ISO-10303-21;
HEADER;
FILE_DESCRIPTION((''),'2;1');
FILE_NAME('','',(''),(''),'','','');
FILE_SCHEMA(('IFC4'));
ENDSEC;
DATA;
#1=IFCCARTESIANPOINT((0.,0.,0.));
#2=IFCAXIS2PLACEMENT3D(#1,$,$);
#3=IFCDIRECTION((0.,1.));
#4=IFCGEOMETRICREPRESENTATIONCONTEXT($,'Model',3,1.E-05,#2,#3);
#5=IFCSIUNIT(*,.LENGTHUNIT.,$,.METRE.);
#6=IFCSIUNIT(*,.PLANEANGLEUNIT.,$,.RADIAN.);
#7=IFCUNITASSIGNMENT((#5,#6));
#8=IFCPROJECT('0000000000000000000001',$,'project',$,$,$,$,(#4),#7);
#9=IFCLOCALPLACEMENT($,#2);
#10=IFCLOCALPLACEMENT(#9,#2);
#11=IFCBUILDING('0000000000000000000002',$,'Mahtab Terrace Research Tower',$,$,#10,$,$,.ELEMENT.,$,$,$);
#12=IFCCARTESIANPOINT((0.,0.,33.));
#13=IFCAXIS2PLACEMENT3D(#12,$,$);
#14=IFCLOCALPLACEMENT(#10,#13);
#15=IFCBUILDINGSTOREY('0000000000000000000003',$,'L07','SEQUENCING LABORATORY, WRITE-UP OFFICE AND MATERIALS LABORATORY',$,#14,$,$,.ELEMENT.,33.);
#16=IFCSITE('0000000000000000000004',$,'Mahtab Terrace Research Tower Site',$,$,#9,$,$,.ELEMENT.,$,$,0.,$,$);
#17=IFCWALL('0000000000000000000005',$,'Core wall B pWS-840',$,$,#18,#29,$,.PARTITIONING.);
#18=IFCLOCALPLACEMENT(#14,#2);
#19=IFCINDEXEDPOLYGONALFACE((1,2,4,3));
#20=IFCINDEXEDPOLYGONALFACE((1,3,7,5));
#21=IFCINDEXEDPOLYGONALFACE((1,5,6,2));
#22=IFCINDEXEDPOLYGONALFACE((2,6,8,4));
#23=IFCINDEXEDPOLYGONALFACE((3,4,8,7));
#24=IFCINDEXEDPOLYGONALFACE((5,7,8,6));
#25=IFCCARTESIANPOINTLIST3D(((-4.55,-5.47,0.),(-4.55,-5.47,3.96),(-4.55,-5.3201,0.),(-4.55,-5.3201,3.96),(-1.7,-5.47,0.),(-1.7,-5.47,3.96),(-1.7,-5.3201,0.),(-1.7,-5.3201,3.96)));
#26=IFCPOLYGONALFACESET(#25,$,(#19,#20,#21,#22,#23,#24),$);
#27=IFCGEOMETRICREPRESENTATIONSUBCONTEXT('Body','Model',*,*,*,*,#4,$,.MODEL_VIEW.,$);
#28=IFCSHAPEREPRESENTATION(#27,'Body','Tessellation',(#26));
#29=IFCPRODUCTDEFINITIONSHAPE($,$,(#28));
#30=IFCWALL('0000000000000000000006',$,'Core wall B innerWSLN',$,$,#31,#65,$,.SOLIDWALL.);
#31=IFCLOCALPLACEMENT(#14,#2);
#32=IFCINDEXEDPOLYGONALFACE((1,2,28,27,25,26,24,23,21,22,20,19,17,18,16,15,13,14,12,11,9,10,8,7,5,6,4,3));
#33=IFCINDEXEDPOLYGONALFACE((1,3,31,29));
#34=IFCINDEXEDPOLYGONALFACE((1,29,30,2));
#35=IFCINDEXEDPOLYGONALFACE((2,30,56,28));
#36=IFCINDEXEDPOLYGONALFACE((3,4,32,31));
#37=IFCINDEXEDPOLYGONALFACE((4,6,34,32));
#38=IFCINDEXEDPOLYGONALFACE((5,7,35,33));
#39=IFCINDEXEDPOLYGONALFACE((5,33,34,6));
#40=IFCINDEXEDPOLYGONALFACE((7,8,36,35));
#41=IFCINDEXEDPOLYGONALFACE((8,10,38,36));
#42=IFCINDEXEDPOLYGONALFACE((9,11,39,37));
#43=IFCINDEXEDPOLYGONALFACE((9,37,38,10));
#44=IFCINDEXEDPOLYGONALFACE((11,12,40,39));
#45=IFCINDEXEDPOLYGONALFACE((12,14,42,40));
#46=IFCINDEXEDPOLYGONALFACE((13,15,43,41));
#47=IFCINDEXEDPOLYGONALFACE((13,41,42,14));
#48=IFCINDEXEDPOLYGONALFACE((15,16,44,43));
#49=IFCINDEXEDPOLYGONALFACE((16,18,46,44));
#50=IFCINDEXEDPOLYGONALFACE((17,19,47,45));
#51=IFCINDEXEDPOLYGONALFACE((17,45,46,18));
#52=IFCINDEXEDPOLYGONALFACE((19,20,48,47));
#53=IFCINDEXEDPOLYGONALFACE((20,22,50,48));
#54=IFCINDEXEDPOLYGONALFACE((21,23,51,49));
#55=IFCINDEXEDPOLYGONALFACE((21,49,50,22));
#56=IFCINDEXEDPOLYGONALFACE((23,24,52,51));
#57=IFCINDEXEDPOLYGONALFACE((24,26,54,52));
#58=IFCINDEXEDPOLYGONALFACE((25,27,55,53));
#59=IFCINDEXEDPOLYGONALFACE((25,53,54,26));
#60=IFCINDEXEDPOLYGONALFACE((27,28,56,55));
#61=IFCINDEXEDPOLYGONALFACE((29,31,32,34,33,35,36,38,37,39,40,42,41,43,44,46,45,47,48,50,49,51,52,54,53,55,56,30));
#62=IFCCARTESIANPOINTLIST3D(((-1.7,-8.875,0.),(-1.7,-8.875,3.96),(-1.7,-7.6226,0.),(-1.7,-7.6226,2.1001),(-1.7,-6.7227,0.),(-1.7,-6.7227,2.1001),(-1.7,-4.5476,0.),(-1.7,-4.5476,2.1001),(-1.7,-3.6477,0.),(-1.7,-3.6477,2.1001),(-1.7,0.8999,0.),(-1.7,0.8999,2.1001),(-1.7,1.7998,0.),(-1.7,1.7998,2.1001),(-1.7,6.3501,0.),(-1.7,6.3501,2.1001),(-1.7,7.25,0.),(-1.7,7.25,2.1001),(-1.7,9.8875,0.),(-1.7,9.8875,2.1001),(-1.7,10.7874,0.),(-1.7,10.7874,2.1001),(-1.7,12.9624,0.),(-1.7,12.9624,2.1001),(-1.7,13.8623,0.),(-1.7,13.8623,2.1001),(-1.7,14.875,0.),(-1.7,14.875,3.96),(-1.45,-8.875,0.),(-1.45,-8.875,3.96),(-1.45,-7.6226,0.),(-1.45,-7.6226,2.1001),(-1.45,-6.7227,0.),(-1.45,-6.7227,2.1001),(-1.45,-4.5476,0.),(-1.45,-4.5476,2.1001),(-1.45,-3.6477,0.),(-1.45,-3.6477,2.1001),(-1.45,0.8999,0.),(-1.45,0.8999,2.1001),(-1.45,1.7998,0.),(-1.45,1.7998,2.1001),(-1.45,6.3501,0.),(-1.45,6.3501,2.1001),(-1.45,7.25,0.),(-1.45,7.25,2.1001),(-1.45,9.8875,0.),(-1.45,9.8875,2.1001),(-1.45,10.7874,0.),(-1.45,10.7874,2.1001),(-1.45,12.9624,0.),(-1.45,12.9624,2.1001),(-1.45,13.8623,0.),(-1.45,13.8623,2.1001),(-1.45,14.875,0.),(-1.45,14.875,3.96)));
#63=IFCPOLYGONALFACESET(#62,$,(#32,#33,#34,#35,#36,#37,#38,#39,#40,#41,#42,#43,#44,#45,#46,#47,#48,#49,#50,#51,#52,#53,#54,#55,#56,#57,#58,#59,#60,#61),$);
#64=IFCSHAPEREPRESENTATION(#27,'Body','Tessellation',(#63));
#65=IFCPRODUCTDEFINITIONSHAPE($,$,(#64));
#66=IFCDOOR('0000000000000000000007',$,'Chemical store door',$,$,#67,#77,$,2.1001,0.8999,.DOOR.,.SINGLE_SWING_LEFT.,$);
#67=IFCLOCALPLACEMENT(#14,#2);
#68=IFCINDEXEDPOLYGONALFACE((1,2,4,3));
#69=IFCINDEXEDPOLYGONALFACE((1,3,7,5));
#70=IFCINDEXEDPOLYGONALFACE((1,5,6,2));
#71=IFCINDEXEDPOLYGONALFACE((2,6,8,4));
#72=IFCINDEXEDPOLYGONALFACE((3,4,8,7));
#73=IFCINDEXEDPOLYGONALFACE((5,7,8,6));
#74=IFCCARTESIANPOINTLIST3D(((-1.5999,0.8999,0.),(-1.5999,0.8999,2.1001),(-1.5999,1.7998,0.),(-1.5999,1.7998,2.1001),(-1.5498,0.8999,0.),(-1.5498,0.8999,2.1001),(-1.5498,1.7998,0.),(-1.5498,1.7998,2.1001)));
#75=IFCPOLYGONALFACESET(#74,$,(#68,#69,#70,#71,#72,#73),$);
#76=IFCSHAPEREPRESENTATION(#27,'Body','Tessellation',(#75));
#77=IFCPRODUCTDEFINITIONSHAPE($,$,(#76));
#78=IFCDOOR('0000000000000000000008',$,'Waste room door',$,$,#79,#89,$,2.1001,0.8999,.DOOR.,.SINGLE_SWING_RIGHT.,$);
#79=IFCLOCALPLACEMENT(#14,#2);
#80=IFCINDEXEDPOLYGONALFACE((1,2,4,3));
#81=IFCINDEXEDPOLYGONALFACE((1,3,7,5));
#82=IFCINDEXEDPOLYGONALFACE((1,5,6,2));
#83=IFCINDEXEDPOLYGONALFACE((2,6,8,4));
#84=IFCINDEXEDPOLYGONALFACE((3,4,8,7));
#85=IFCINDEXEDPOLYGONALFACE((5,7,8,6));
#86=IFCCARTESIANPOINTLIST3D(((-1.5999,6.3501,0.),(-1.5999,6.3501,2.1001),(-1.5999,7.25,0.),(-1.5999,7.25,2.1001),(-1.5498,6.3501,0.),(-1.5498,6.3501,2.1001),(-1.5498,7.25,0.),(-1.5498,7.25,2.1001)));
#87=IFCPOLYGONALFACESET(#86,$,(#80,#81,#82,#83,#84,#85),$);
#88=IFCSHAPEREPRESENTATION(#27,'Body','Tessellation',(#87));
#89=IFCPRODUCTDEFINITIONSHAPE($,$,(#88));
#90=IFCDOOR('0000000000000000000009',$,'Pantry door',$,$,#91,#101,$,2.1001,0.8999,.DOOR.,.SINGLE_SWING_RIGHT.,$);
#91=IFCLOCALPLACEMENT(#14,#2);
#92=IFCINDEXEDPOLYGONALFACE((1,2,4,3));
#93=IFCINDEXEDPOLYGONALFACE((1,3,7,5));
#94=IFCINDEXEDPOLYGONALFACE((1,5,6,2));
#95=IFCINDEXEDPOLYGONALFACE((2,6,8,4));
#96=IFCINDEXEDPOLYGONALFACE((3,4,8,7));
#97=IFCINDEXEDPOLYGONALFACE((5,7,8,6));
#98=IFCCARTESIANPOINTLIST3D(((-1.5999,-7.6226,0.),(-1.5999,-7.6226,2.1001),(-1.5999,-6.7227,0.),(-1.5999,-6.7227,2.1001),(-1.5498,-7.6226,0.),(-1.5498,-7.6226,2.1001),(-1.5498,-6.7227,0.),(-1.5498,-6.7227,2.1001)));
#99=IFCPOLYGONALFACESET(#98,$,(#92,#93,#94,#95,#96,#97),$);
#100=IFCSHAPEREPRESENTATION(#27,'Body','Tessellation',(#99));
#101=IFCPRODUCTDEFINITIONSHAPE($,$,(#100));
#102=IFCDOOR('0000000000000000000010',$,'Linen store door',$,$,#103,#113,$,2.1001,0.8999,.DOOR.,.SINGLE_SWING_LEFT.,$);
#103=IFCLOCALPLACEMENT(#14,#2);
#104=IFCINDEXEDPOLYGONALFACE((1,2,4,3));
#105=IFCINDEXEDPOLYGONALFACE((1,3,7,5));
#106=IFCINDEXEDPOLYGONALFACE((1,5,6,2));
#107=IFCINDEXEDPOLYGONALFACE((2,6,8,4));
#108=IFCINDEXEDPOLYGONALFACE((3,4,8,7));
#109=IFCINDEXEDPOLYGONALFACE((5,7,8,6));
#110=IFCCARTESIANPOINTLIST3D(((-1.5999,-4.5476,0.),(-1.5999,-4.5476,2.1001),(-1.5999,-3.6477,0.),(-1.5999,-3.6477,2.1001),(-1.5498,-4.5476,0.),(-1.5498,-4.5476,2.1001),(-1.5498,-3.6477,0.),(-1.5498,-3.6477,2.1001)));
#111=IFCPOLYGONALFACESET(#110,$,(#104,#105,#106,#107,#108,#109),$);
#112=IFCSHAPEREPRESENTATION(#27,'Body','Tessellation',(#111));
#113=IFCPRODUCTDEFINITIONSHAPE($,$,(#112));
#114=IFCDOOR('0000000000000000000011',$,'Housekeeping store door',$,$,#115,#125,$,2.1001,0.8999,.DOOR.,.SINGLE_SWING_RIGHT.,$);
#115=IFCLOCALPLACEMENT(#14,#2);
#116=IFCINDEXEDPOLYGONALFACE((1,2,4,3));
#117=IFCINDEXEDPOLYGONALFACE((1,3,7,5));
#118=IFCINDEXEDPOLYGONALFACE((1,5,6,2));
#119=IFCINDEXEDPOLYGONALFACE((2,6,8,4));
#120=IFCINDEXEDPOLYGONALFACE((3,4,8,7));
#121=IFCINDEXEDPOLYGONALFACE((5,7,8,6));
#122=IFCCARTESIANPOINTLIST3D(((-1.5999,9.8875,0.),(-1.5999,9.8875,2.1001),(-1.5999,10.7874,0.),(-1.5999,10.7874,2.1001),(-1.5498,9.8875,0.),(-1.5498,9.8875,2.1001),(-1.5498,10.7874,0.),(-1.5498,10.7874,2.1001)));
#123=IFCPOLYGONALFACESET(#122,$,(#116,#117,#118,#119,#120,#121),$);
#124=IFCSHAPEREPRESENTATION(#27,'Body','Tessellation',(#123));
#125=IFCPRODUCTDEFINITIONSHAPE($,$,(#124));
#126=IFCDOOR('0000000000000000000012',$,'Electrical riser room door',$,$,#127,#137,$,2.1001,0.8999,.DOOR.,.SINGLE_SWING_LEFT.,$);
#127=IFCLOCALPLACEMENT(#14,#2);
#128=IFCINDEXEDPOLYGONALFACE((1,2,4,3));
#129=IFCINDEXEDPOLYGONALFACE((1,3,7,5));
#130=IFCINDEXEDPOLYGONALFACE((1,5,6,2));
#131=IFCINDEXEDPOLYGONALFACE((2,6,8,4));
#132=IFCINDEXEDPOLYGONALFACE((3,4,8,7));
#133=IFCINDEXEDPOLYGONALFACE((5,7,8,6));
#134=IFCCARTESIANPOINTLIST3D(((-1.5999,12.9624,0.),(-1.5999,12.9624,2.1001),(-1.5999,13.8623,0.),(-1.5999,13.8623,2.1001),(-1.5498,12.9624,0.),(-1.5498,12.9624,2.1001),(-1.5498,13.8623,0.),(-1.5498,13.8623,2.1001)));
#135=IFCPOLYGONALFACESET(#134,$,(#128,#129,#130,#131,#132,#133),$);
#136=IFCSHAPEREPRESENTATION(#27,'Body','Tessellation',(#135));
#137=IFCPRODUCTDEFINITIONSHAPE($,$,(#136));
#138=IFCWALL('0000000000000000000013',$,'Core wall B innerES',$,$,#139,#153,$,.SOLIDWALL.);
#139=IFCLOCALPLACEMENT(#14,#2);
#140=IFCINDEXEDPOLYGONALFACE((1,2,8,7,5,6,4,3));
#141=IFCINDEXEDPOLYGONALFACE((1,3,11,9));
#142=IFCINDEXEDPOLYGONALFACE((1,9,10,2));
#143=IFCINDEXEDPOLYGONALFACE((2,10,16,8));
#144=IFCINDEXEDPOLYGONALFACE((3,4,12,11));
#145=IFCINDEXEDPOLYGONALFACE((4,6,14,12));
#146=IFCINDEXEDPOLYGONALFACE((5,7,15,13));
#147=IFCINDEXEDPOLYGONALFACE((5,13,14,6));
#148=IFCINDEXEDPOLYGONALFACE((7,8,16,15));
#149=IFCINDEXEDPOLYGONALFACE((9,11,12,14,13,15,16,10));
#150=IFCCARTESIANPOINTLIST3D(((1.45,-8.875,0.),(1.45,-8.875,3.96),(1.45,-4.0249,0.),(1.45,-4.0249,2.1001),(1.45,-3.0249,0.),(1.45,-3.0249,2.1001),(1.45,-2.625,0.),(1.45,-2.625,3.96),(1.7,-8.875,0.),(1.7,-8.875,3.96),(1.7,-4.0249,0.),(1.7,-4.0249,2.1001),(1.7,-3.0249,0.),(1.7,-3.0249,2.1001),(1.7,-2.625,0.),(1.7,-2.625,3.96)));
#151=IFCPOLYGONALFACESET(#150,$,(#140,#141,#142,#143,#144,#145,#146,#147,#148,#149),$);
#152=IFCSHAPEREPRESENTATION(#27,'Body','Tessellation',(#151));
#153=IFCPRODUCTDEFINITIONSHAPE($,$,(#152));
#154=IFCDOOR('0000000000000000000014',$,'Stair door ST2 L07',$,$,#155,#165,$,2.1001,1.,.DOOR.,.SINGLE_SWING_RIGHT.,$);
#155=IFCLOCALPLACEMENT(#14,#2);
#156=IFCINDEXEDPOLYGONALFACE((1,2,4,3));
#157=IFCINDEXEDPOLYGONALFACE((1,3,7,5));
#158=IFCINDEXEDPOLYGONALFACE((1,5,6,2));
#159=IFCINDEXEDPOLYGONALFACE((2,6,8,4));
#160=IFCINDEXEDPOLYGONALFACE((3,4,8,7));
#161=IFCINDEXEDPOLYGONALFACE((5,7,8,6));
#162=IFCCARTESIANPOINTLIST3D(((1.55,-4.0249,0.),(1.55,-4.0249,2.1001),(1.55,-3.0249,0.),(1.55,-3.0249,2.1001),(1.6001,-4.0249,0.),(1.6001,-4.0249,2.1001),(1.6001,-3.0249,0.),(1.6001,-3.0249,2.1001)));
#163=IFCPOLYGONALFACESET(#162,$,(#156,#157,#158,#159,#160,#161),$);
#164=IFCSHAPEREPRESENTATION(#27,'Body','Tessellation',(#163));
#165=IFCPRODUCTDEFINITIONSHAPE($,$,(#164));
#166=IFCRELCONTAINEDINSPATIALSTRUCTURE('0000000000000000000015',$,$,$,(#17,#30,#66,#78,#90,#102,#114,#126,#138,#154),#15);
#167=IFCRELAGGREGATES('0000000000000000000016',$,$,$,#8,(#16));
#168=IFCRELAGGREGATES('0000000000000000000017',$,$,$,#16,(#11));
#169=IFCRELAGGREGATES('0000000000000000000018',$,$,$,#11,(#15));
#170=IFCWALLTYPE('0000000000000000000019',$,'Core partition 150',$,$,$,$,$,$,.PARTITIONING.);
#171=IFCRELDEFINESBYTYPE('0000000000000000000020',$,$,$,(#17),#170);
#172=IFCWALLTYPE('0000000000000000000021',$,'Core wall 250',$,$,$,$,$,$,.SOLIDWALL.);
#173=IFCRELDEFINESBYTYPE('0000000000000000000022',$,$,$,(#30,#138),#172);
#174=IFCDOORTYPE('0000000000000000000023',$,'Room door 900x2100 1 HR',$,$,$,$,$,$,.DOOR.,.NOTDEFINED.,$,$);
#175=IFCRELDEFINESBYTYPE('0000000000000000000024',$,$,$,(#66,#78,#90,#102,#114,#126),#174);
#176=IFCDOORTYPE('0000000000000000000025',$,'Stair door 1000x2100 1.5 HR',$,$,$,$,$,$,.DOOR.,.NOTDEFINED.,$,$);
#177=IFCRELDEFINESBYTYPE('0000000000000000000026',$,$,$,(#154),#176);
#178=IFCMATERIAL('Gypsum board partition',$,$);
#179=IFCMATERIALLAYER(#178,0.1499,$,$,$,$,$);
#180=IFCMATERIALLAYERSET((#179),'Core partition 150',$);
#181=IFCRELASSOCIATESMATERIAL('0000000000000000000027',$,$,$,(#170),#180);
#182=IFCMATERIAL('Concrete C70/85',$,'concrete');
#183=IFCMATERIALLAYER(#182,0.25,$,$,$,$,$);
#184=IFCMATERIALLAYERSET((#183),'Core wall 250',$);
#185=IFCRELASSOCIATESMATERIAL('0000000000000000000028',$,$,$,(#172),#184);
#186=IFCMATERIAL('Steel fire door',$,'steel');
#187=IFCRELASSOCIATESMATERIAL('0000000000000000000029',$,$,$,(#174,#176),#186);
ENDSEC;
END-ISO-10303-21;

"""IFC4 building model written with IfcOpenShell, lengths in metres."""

from ifc_helpers import new_model, si_unit, direction, frame, frame_2d, origin, place, context, subcontext, project, spatial, rectangle, extrude, material, layer, layer_set, type_object, element, fill, save


model = new_model("IFC4")

# Units and contexts
model_context = context("Model", 3, precision=1e-05, world=origin(), true_north=direction((0.0, 1.0)))
body_context = subcontext(model_context, "Body", "Model", "MODEL_VIEW")
ifc_project = project(units=[si_unit("LENGTHUNIT", "METRE"), si_unit("PLANEANGLEUNIT", "RADIAN")], contexts=[model_context])

# Site, building, storey
site_placement = place(None, origin())
site = spatial("IfcSite", under=ifc_project, at=site_placement, Name="Mahtab Terrace Research Tower Site", CompositionType="ELEMENT", RefElevation=0.0)
building_placement = place(site_placement, origin())
building = spatial("IfcBuilding", under=site, at=building_placement, Name="Mahtab Terrace Research Tower", CompositionType="ELEMENT")
storey_placement = place(building_placement, frame((0.0, 0.0, 33.0)))
storey = spatial("IfcBuildingStorey", under=building, at=storey_placement, Name="L07", Description="SEQUENCING LABORATORY, WRITE-UP OFFICE AND MATERIALS LABORATORY", CompositionType="ELEMENT", Elevation=33.0)

# Shared definitions
ifc_material_1 = material(Name="Concrete C70/85", Category="concrete")

# Wall
ifc_material_2 = material(Name="Gypsum board partition")
ifc_layer_1 = layer(ifc_material_2, 0.1499)
ifc_layer_set_1 = layer_set([ifc_layer_1], Name="Core partition 150")
wall_type_1 = type_object("IfcWallType", Name="Core partition 150", PredefinedType="PARTITIONING", material=ifc_layer_set_1)
wall_1_placement = place(storey_placement, frame((-4.55, -5.395, 0.0), z_axis=(0.0, 0.0, 1.0), x_axis=(1.0, 0.0, 0.0)))
element("IfcWall", 1, at=wall_1_placement, inside=storey, type_object=wall_type_1, Name="Core wall B pWS-840", PredefinedType="PARTITIONING", context=body_context, shape_type="SweptSolid", body=[
    extrude(rectangle(XDim=2.8501, YDim=0.1499, at=frame_2d((1.425, 0.0))), origin(), (0.0, 0.0, 1.0), 3.96),
])

# Wall, openings, doors
ifc_layer_2 = layer(ifc_material_1, 0.25)
ifc_layer_set_2 = layer_set([ifc_layer_2], Name="Core wall 250")
wall_type_2 = type_object("IfcWallType", Name="Core wall 250", PredefinedType="SOLIDWALL", material=ifc_layer_set_2)
wall_2_placement = place(storey_placement, frame((-1.575, -8.875, 0.0), z_axis=(0.0, 0.0, 1.0), x_axis=(0.0, 1.0, 0.0)))
wall_2 = element("IfcWall", 2, at=wall_2_placement, inside=storey, type_object=wall_type_2, Name="Core wall B innerWSLN", PredefinedType="SOLIDWALL", context=body_context, shape_type="SweptSolid", body=[
    extrude(rectangle(XDim=23.75, YDim=0.25, at=frame_2d((11.875, 0.0))), origin(), (0.0, 0.0, 1.0), 3.96),
])
opening_1_placement = place(wall_2_placement, frame((9.7749, 0.0, 0.0)))
opening_1 = element("IfcOpeningElement", 3, at=opening_1_placement, cuts=wall_2, PredefinedType="OPENING", context=body_context, shape_type="SweptSolid", body=[
    extrude(rectangle(XDim=0.8999, YDim=2.1001, at=frame_2d((0.45, 1.05))), frame((0.0, 0.135, 0.0), z_axis=(0.0, -1.0, 0.0), x_axis=(1.0, 0.0, 0.0)), (0.0, 0.0, 1.0), 0.27),
])
opening_2_placement = place(wall_2_placement, frame((15.2251, 0.0, 0.0)))
opening_2 = element("IfcOpeningElement", 4, at=opening_2_placement, cuts=wall_2, PredefinedType="OPENING", context=body_context, shape_type="SweptSolid", body=[
    extrude(rectangle(XDim=0.8999, YDim=2.1001, at=frame_2d((0.45, 1.05))), frame((0.0, 0.135, 0.0), z_axis=(0.0, -1.0, 0.0), x_axis=(1.0, 0.0, 0.0)), (0.0, 0.0, 1.0), 0.27),
])
opening_3_placement = place(wall_2_placement, frame((1.2524, 0.0, 0.0)))
opening_3 = element("IfcOpeningElement", 5, at=opening_3_placement, cuts=wall_2, PredefinedType="OPENING", context=body_context, shape_type="SweptSolid", body=[
    extrude(rectangle(XDim=0.8999, YDim=2.1001, at=frame_2d((0.45, 1.05))), frame((0.0, 0.135, 0.0), z_axis=(0.0, -1.0, 0.0), x_axis=(1.0, 0.0, 0.0)), (0.0, 0.0, 1.0), 0.27),
])
opening_4_placement = place(wall_2_placement, frame((4.3274, 0.0, 0.0)))
opening_4 = element("IfcOpeningElement", 6, at=opening_4_placement, cuts=wall_2, PredefinedType="OPENING", context=body_context, shape_type="SweptSolid", body=[
    extrude(rectangle(XDim=0.8999, YDim=2.1001, at=frame_2d((0.45, 1.05))), frame((0.0, 0.135, 0.0), z_axis=(0.0, -1.0, 0.0), x_axis=(1.0, 0.0, 0.0)), (0.0, 0.0, 1.0), 0.27),
])
opening_5_placement = place(wall_2_placement, frame((18.7625, 0.0, 0.0)))
opening_5 = element("IfcOpeningElement", 7, at=opening_5_placement, cuts=wall_2, PredefinedType="OPENING", context=body_context, shape_type="SweptSolid", body=[
    extrude(rectangle(XDim=0.8999, YDim=2.1001, at=frame_2d((0.45, 1.05))), frame((0.0, 0.135, 0.0), z_axis=(0.0, -1.0, 0.0), x_axis=(1.0, 0.0, 0.0)), (0.0, 0.0, 1.0), 0.27),
])
opening_6_placement = place(wall_2_placement, frame((21.8374, 0.0, 0.0)))
opening_6 = element("IfcOpeningElement", 8, at=opening_6_placement, cuts=wall_2, PredefinedType="OPENING", context=body_context, shape_type="SweptSolid", body=[
    extrude(rectangle(XDim=0.8999, YDim=2.1001, at=frame_2d((0.45, 1.05))), frame((0.0, 0.135, 0.0), z_axis=(0.0, -1.0, 0.0), x_axis=(1.0, 0.0, 0.0)), (0.0, 0.0, 1.0), 0.27),
])
ifc_material_3 = material(Name="Steel fire door", Category="steel")
door_type_1 = type_object("IfcDoorType", Name="Room door 900x2100 1 HR", OperationType="NOTDEFINED", PredefinedType="DOOR", material=ifc_material_3)
door_1_placement = place(opening_1_placement, origin())
door_1 = element("IfcDoor", 9, at=door_1_placement, inside=storey, type_object=door_type_1, Name="Chemical store door", OperationType="SINGLE_SWING_LEFT", OverallHeight=2.1001, OverallWidth=0.8999, PredefinedType="DOOR", context=body_context, shape_type="SweptSolid", body=[
    extrude(rectangle(XDim=0.8999, YDim=2.1001, at=frame_2d((0.45, 1.05))), frame((0.0, 0.0249, 0.0), z_axis=(0.0, -1.0, 0.0), x_axis=(1.0, 0.0, 0.0)), (0.0, 0.0, 1.0), 0.05),
])
fill(opening_1, door_1)
door_2_placement = place(opening_2_placement, origin())
door_2 = element("IfcDoor", 10, at=door_2_placement, inside=storey, type_object=door_type_1, Name="Waste room door", OperationType="SINGLE_SWING_RIGHT", OverallHeight=2.1001, OverallWidth=0.8999, PredefinedType="DOOR", context=body_context, shape_type="SweptSolid", body=[
    extrude(rectangle(XDim=0.8999, YDim=2.1001, at=frame_2d((0.45, 1.05))), frame((0.0, 0.0249, 0.0), z_axis=(0.0, -1.0, 0.0), x_axis=(1.0, 0.0, 0.0)), (0.0, 0.0, 1.0), 0.05),
])
fill(opening_2, door_2)
door_3_placement = place(opening_3_placement, origin())
door_3 = element("IfcDoor", 11, at=door_3_placement, inside=storey, type_object=door_type_1, Name="Pantry door", OperationType="SINGLE_SWING_RIGHT", OverallHeight=2.1001, OverallWidth=0.8999, PredefinedType="DOOR", context=body_context, shape_type="SweptSolid", body=[
    extrude(rectangle(XDim=0.8999, YDim=2.1001, at=frame_2d((0.45, 1.05))), frame((0.0, 0.0249, 0.0), z_axis=(0.0, -1.0, 0.0), x_axis=(1.0, 0.0, 0.0)), (0.0, 0.0, 1.0), 0.05),
])
fill(opening_3, door_3)
door_4_placement = place(opening_4_placement, origin())
door_4 = element("IfcDoor", 12, at=door_4_placement, inside=storey, type_object=door_type_1, Name="Linen store door", OperationType="SINGLE_SWING_LEFT", OverallHeight=2.1001, OverallWidth=0.8999, PredefinedType="DOOR", context=body_context, shape_type="SweptSolid", body=[
    extrude(rectangle(XDim=0.8999, YDim=2.1001, at=frame_2d((0.45, 1.05))), frame((0.0, 0.0249, 0.0), z_axis=(0.0, -1.0, 0.0), x_axis=(1.0, 0.0, 0.0)), (0.0, 0.0, 1.0), 0.05),
])
fill(opening_4, door_4)
door_5_placement = place(opening_5_placement, origin())
door_5 = element("IfcDoor", 13, at=door_5_placement, inside=storey, type_object=door_type_1, Name="Housekeeping store door", OperationType="SINGLE_SWING_RIGHT", OverallHeight=2.1001, OverallWidth=0.8999, PredefinedType="DOOR", context=body_context, shape_type="SweptSolid", body=[
    extrude(rectangle(XDim=0.8999, YDim=2.1001, at=frame_2d((0.45, 1.05))), frame((0.0, 0.0249, 0.0), z_axis=(0.0, -1.0, 0.0), x_axis=(1.0, 0.0, 0.0)), (0.0, 0.0, 1.0), 0.05),
])
fill(opening_5, door_5)
door_6_placement = place(opening_6_placement, origin())
door_6 = element("IfcDoor", 14, at=door_6_placement, inside=storey, type_object=door_type_1, Name="Electrical riser room door", OperationType="SINGLE_SWING_LEFT", OverallHeight=2.1001, OverallWidth=0.8999, PredefinedType="DOOR", context=body_context, shape_type="SweptSolid", body=[
    extrude(rectangle(XDim=0.8999, YDim=2.1001, at=frame_2d((0.45, 1.05))), frame((0.0, 0.0249, 0.0), z_axis=(0.0, -1.0, 0.0), x_axis=(1.0, 0.0, 0.0)), (0.0, 0.0, 1.0), 0.05),
])
fill(opening_6, door_6)

# Wall, opening, door
wall_3_placement = place(storey_placement, frame((1.575, -8.875, 0.0), z_axis=(0.0, 0.0, 1.0), x_axis=(0.0, 1.0, 0.0)))
wall_3 = element("IfcWall", 15, at=wall_3_placement, inside=storey, type_object=wall_type_2, Name="Core wall B innerES", PredefinedType="SOLIDWALL", context=body_context, shape_type="SweptSolid", body=[
    extrude(rectangle(XDim=6.25, YDim=0.25, at=frame_2d((3.125, 0.0))), origin(), (0.0, 0.0, 1.0), 3.96),
])
opening_7_placement = place(wall_3_placement, frame((4.8501, 0.0, 0.0)))
opening_7 = element("IfcOpeningElement", 16, at=opening_7_placement, cuts=wall_3, PredefinedType="OPENING", context=body_context, shape_type="SweptSolid", body=[
    extrude(rectangle(XDim=1.0, YDim=2.1001, at=frame_2d((0.5, 1.05))), frame((0.0, 0.135, 0.0), z_axis=(0.0, -1.0, 0.0), x_axis=(1.0, 0.0, 0.0)), (0.0, 0.0, 1.0), 0.27),
])
door_type_2 = type_object("IfcDoorType", Name="Stair door 1000x2100 1.5 HR", OperationType="NOTDEFINED", PredefinedType="DOOR", material=ifc_material_3)
door_7_placement = place(opening_7_placement, origin())
door_7 = element("IfcDoor", 17, at=door_7_placement, inside=storey, type_object=door_type_2, Name="Stair door ST2 L07", OperationType="SINGLE_SWING_RIGHT", OverallHeight=2.1001, OverallWidth=1.0, PredefinedType="DOOR", context=body_context, shape_type="SweptSolid", body=[
    extrude(rectangle(XDim=1.0, YDim=2.1001, at=frame_2d((0.5, 1.05))), frame((0.0, 0.0249, 0.0), z_axis=(0.0, -1.0, 0.0), x_axis=(1.0, 0.0, 0.0)), (0.0, 0.0, 1.0), 0.05),
])
fill(opening_7, door_7)

save(model, "model.ifc")
